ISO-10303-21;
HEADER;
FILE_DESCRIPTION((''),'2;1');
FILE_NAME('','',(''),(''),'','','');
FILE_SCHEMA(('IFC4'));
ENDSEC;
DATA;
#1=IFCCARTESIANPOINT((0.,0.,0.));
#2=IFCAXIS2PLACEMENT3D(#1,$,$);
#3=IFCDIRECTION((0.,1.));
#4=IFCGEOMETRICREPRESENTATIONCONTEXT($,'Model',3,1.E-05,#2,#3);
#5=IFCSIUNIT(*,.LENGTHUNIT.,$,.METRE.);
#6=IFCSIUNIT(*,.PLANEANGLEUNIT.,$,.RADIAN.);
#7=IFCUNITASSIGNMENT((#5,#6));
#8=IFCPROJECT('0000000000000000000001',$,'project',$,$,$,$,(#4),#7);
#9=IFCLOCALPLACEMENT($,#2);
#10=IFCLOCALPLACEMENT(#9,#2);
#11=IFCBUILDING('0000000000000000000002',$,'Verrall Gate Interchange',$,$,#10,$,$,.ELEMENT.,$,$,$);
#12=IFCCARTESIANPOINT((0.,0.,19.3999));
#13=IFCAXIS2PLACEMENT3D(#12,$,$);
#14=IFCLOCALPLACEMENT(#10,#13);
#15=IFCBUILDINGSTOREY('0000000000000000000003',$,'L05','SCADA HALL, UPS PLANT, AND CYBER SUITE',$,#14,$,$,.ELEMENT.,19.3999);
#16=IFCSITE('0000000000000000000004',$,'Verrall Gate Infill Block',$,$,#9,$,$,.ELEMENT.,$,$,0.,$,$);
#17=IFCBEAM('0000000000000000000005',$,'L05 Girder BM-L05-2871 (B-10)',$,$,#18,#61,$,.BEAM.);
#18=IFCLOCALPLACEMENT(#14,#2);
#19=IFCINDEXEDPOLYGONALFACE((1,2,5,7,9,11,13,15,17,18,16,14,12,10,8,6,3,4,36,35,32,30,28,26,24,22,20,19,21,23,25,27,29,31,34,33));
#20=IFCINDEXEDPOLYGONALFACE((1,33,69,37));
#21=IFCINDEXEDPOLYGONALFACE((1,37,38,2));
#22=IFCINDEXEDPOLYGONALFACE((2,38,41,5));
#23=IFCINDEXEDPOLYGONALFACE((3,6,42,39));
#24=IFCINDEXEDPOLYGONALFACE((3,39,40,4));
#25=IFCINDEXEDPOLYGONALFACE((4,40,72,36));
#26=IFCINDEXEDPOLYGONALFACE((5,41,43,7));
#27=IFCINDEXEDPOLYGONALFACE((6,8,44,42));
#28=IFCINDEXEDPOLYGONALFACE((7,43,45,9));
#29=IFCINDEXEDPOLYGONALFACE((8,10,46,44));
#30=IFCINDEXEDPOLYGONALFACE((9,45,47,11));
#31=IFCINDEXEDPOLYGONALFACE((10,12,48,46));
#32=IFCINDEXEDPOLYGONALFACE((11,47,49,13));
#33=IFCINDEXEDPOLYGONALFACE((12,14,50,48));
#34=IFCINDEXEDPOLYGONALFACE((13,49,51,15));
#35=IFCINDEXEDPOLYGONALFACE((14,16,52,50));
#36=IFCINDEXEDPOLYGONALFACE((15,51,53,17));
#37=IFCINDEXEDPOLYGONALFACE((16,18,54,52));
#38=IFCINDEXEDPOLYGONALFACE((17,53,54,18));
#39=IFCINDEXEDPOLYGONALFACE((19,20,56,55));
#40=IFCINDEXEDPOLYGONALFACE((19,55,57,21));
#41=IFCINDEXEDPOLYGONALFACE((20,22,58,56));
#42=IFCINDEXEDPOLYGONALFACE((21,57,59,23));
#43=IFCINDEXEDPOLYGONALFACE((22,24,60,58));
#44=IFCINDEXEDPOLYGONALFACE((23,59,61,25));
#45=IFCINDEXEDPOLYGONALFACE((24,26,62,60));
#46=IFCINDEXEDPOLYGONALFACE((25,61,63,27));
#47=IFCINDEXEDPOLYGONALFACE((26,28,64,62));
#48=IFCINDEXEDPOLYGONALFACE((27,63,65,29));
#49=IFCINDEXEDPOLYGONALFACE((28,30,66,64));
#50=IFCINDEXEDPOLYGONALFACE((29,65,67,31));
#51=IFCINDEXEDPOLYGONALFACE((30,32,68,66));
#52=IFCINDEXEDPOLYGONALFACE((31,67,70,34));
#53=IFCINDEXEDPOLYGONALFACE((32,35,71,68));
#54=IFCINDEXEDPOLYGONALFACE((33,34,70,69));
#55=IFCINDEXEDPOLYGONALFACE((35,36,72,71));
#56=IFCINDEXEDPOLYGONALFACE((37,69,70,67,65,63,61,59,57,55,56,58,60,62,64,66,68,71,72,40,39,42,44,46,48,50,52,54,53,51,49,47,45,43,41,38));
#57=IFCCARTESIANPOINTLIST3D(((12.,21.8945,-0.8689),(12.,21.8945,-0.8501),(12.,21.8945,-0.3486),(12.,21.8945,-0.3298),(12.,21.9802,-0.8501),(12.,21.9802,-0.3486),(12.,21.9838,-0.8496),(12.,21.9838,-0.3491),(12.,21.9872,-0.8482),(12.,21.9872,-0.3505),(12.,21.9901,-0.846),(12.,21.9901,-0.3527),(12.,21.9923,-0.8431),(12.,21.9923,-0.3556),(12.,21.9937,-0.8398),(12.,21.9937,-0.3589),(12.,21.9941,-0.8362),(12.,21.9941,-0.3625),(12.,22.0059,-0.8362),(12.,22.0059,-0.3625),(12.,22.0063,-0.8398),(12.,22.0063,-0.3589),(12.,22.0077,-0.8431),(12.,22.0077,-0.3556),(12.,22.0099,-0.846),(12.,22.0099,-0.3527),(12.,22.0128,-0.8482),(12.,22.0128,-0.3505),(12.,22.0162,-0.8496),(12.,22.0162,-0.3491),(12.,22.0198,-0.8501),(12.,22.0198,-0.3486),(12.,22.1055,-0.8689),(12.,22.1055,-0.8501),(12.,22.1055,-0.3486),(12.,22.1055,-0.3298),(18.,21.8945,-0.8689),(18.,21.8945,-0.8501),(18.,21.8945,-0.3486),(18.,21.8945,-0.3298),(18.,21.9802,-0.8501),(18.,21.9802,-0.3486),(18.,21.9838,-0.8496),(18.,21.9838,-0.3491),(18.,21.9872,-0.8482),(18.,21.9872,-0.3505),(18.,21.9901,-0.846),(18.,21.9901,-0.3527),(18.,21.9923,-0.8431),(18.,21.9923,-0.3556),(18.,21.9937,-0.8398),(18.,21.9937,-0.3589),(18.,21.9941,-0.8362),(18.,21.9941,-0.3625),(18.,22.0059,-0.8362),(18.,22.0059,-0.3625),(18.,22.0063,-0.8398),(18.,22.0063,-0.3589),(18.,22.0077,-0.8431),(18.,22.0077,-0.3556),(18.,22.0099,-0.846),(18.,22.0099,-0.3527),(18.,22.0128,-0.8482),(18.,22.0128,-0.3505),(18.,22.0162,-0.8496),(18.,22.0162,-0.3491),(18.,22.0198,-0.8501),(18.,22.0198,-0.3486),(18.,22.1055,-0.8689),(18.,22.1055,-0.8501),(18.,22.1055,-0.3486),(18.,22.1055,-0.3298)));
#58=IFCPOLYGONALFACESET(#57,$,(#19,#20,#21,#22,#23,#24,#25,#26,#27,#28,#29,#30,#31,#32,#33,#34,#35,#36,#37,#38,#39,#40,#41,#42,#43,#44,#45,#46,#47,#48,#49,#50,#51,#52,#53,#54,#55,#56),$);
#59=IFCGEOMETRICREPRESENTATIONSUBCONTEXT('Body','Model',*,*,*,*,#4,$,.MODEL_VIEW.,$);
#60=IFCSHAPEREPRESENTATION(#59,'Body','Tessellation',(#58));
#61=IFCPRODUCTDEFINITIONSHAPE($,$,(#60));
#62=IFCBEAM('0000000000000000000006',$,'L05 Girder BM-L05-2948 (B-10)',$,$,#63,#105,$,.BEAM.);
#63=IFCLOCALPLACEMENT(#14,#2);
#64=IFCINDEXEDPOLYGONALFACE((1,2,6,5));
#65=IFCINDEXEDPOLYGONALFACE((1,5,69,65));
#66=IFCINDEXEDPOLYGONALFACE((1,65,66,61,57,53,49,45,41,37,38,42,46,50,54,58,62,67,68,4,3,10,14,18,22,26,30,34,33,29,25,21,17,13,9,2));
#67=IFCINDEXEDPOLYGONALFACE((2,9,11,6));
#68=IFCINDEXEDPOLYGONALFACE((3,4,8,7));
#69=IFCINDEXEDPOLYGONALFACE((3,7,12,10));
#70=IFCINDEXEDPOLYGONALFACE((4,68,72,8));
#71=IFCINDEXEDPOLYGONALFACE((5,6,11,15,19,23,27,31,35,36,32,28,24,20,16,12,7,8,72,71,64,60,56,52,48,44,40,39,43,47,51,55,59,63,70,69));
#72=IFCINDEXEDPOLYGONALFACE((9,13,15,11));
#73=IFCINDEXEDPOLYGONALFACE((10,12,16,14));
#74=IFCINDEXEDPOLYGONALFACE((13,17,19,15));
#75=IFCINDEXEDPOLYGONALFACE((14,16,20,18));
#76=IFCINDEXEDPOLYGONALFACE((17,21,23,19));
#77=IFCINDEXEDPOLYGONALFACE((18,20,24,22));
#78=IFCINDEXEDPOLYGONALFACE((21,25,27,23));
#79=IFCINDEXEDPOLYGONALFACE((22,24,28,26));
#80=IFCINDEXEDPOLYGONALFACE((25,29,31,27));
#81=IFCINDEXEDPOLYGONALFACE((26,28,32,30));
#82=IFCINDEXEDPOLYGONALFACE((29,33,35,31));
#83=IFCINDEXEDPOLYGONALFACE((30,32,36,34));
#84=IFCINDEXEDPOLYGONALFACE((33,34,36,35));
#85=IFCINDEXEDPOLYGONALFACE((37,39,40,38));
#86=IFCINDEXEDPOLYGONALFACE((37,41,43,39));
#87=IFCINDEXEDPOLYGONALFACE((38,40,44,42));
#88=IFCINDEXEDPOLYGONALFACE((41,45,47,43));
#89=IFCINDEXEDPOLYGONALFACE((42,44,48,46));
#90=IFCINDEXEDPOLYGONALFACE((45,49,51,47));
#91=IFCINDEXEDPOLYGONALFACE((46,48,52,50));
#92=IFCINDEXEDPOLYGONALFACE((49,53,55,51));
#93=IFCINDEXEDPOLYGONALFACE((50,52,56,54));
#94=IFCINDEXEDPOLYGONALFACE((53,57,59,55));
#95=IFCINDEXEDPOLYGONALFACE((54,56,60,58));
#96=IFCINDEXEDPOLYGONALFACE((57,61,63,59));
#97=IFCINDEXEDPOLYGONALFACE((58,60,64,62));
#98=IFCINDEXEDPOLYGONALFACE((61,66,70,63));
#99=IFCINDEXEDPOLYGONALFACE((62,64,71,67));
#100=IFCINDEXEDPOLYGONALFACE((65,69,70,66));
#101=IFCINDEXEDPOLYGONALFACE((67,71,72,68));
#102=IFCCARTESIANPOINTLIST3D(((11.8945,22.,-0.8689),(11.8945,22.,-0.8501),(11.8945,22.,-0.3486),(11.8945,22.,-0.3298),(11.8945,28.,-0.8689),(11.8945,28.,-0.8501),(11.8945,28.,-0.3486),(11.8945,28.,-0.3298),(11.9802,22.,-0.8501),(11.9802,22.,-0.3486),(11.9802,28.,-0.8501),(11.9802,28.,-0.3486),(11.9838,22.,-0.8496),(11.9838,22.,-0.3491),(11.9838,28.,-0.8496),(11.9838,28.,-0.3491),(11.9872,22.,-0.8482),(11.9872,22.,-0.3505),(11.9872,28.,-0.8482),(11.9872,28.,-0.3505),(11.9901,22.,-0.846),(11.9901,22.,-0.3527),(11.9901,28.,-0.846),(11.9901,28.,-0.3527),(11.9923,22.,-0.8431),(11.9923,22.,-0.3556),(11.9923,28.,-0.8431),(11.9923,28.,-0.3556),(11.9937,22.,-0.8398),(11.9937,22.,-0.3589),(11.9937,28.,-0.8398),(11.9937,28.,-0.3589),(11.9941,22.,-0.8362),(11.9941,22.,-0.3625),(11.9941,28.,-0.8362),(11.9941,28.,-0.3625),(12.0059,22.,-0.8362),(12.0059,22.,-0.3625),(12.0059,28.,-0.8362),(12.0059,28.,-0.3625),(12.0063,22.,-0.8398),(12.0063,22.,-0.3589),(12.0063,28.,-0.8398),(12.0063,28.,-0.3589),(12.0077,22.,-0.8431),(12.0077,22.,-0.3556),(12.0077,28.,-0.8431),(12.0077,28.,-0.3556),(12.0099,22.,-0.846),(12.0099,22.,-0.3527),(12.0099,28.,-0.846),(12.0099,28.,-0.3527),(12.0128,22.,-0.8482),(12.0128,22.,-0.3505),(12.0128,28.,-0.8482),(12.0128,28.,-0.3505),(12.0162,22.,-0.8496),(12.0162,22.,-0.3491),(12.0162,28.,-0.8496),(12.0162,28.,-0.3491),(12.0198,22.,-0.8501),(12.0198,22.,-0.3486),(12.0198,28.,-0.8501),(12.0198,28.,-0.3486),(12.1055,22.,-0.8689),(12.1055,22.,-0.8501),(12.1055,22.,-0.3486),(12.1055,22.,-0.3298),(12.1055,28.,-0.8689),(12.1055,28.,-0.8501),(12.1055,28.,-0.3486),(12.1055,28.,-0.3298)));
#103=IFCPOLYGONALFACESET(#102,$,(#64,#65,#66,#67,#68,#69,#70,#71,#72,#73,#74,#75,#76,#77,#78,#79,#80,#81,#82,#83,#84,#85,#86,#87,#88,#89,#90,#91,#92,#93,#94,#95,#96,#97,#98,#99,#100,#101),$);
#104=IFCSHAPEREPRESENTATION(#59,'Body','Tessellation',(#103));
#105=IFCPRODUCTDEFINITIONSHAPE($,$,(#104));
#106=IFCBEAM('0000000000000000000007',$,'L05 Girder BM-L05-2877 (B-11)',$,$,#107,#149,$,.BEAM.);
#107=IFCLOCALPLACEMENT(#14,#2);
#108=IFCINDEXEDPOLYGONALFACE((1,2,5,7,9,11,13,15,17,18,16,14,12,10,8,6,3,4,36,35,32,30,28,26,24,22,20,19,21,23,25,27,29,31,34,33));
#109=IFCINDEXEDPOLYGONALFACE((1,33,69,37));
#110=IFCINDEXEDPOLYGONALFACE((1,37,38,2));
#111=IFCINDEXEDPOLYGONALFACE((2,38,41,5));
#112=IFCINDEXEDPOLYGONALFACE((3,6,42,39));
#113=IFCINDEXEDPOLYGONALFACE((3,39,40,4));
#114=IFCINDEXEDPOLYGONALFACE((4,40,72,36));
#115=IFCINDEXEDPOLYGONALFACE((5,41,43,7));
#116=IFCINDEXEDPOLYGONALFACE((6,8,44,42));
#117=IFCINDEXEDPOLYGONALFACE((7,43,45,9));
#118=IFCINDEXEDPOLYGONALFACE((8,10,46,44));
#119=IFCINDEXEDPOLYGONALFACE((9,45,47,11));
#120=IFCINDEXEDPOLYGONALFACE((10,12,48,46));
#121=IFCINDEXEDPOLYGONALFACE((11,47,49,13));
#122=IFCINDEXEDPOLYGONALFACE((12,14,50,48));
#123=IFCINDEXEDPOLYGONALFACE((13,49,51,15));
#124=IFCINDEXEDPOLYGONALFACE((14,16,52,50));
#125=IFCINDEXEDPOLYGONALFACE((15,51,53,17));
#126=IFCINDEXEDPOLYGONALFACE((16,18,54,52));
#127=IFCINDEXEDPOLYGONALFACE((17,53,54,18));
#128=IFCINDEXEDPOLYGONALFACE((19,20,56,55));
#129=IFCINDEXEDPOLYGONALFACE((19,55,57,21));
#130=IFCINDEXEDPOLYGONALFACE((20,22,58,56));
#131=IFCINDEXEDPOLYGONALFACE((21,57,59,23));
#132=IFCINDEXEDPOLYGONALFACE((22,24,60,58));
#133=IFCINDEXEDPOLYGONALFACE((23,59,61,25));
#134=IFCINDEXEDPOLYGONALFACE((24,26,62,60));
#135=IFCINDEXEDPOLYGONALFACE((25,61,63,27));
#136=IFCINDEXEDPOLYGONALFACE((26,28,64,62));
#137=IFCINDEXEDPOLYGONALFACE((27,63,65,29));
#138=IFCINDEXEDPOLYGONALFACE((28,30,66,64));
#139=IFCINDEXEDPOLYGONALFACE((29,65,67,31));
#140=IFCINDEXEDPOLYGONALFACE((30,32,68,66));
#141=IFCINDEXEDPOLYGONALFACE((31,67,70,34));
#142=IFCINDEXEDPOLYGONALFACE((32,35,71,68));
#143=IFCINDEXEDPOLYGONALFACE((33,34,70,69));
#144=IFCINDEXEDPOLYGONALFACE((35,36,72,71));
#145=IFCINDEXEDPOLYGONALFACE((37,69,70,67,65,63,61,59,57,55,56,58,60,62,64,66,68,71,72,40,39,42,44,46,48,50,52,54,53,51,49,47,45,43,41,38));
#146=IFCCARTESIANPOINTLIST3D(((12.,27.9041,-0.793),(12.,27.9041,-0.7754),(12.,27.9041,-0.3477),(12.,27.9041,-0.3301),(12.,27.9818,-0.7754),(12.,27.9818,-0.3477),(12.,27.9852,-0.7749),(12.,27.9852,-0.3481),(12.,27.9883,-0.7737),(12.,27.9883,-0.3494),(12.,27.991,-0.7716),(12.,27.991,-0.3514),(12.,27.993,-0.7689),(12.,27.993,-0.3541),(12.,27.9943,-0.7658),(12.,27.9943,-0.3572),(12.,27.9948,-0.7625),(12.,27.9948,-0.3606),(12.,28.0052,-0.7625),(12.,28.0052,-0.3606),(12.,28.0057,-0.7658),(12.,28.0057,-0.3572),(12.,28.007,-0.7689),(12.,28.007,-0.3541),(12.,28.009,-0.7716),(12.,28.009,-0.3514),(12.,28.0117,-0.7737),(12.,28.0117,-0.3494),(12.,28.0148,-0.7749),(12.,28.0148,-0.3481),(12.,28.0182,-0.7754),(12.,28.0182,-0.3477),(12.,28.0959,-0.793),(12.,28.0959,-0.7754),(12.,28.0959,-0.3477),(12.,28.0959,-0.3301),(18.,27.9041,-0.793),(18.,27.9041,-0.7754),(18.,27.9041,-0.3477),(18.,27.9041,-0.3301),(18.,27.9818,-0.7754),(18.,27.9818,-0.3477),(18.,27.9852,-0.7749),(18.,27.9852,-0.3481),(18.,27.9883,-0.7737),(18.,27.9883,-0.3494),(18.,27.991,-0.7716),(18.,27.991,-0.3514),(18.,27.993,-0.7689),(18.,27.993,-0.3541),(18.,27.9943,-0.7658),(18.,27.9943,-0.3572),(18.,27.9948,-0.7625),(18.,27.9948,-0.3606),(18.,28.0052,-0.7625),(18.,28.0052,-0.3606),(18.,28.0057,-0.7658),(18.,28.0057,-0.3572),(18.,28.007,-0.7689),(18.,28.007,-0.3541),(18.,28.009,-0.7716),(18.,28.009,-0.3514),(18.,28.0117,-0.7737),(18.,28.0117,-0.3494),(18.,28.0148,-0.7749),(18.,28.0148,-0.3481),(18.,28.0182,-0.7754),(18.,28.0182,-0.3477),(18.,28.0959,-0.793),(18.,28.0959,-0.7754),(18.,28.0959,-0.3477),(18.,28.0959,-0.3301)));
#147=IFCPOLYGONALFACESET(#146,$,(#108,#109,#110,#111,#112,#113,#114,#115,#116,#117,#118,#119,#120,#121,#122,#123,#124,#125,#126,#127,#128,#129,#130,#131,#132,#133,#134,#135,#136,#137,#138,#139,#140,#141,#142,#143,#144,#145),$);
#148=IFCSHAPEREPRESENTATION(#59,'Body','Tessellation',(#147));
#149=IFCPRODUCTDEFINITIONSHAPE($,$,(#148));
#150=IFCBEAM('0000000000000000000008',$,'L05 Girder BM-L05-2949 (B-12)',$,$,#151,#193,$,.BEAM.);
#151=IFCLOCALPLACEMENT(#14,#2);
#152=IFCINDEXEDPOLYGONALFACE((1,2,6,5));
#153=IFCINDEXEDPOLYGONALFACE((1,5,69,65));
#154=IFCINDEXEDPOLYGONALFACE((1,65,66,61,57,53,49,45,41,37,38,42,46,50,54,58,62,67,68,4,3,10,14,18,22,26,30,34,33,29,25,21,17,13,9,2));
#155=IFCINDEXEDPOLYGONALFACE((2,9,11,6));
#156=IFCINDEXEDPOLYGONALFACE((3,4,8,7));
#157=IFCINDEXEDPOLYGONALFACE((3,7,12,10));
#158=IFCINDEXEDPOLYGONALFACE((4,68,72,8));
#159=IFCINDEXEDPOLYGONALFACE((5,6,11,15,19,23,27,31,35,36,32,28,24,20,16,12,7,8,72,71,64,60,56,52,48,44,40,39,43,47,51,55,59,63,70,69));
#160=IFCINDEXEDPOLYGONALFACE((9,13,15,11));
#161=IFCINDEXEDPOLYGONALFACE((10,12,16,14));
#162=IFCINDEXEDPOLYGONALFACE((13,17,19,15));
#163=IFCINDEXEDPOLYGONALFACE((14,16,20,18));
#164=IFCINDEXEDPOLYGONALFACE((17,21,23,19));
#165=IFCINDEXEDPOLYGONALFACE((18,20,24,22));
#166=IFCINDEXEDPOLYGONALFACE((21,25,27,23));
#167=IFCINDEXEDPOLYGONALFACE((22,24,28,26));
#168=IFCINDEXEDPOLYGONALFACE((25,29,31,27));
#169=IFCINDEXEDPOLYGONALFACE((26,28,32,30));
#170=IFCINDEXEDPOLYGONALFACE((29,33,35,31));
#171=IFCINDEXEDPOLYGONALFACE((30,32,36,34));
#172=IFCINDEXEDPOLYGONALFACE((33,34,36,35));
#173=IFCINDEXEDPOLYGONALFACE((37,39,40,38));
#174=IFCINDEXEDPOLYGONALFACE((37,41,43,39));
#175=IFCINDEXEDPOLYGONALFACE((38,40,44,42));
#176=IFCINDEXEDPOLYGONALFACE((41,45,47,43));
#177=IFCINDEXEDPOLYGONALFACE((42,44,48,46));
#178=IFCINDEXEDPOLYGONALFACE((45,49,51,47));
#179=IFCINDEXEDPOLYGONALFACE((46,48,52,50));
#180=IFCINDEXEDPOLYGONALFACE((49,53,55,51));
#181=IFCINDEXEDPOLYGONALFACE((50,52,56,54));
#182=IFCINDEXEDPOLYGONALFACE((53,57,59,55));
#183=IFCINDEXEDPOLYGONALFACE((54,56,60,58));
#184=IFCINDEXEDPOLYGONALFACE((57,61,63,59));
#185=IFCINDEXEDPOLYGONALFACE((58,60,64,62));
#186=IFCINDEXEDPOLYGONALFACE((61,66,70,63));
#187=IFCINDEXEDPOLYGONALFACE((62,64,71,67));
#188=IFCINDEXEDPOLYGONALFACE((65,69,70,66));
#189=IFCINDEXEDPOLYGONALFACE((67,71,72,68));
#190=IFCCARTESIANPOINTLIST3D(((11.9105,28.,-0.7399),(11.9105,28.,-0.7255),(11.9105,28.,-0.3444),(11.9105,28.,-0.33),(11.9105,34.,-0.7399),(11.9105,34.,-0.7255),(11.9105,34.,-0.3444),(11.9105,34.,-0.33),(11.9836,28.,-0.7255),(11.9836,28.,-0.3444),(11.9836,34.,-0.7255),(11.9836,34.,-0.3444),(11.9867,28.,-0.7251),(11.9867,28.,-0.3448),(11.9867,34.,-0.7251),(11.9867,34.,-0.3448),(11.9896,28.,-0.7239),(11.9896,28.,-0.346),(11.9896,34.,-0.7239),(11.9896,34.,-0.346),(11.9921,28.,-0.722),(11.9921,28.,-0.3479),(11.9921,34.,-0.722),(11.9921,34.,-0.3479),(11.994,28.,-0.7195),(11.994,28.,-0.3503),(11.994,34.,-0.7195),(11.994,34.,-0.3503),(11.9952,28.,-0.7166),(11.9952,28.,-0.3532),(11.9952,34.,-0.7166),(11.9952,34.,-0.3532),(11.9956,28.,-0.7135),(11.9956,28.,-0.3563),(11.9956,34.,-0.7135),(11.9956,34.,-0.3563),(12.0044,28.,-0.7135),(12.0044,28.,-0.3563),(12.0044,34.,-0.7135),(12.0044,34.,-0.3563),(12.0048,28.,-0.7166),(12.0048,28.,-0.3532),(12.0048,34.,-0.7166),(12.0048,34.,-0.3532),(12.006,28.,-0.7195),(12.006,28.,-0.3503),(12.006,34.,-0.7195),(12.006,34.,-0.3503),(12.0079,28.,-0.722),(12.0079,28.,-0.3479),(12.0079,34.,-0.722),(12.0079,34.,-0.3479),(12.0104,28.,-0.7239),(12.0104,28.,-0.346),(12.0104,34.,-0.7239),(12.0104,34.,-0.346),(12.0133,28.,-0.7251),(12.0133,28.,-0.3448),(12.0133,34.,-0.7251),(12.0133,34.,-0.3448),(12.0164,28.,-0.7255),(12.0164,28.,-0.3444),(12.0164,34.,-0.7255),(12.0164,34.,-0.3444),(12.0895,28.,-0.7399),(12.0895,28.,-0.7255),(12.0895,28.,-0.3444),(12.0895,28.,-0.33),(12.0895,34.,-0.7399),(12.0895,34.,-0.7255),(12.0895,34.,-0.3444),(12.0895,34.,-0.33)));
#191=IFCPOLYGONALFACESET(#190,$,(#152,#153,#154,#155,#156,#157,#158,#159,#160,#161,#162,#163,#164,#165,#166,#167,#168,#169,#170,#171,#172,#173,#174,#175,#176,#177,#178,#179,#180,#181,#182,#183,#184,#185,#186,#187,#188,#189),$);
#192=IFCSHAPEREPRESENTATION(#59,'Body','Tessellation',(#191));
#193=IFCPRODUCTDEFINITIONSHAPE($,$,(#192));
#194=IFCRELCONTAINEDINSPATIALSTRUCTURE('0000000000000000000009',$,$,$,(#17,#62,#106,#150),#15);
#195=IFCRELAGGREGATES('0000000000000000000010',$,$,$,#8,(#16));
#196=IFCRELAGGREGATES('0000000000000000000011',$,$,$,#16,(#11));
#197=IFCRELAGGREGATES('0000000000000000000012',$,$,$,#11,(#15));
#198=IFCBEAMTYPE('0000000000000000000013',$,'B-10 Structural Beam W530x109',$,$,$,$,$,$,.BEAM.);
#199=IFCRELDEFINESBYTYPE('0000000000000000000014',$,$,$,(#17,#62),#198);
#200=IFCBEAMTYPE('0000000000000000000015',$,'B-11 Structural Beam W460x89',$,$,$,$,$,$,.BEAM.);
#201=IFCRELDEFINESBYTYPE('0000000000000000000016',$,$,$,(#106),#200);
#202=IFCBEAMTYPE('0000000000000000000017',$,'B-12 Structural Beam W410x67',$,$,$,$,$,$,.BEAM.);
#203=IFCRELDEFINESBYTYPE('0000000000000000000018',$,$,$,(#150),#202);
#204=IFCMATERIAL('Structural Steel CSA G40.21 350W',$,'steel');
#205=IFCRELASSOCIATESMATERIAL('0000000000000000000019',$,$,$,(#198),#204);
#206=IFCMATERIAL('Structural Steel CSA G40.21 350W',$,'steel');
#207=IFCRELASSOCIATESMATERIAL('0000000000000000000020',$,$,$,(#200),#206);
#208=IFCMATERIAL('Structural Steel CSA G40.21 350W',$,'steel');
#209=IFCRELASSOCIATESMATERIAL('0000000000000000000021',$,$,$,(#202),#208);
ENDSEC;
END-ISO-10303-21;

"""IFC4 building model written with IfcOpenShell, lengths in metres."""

from ifc_helpers import new_model, si_unit, direction, frame, origin, origin_2d, place, context, subcontext, project, spatial, i_section, extrude, material, material_profile, profile_set, type_object, element, save


model = new_model("IFC4")

# Units and contexts
model_context = context("Model", 3, precision=1e-05, world=origin(), true_north=direction((0.0, 1.0)))
body_context = subcontext(model_context, "Body", "Model", "MODEL_VIEW")
ifc_project = project(units=[si_unit("LENGTHUNIT", "METRE"), si_unit("PLANEANGLEUNIT", "RADIAN")], contexts=[model_context])

# Site, building, storey
site_placement = place(None, origin())
site = spatial("IfcSite", under=ifc_project, at=site_placement, Name="Verrall Gate Infill Block", CompositionType="ELEMENT", RefElevation=0.0)
building_placement = place(site_placement, origin())
building = spatial("IfcBuilding", under=site, at=building_placement, Name="Verrall Gate Interchange", CompositionType="ELEMENT")
storey_placement = place(building_placement, frame((0.0, 0.0, 19.3999)))
storey = spatial("IfcBuildingStorey", under=building, at=storey_placement, Name="L05", Description="SCADA HALL, UPS PLANT, AND CYBER SUITE", CompositionType="ELEMENT", Elevation=19.3999)

# Beams
ifc_material_1 = material(Name="Structural Steel CSA G40.21 350W", Category="steel")
ifc_material_profile_1 = material_profile(ifc_material_1, i_section(OverallWidth=0.2109, OverallDepth=0.5391, WebThickness=0.0117, FlangeThickness=0.0188, FilletRadius=0.0139, at=origin_2d()), Name="W530x109")
ifc_profile_set_1 = profile_set([ifc_material_profile_1], Name="Structural Steel CSA G40.21 350W")
beam_type_1 = type_object("IfcBeamType", Name="B-10 Structural Beam W530x109", PredefinedType="BEAM", material=ifc_profile_set_1)
for number, where, z_axis, x_axis, name in (
    (1, (12.0, 22.0, -0.5994), (1.0, 0.0, 0.0), (0.0, 1.0, 0.0), "L05 Girder BM-L05-2871 (B-10)"),
    (2, (12.0, 22.0, -0.5994), (0.0, 1.0, 0.0), (-1.0, 0.0, 0.0), "L05 Girder BM-L05-2948 (B-10)"),
):
    element("IfcBeam", number, at=place(storey_placement, frame(where, z_axis=z_axis, x_axis=x_axis)), inside=storey, type_object=beam_type_1, Name=name, PredefinedType="BEAM", context=body_context, shape_type="SweptSolid", body=[
        extrude(i_section(OverallWidth=0.2109, OverallDepth=0.5391, WebThickness=0.0117, FlangeThickness=0.0188, FilletRadius=0.0139, at=origin_2d()), origin(), (0.0, 0.0, 1.0), 6.0),
    ])
ifc_material_2 = material(Name="Structural Steel CSA G40.21 350W", Category="steel")
ifc_material_profile_2 = material_profile(ifc_material_2, i_section(OverallWidth=0.1919, OverallDepth=0.4629, WebThickness=0.0105, FlangeThickness=0.0176, FilletRadius=0.0129, at=origin_2d()), Name="W460x89")
ifc_profile_set_2 = profile_set([ifc_material_profile_2], Name="Structural Steel CSA G40.21 350W")
beam_type_2 = type_object("IfcBeamType", Name="B-11 Structural Beam W460x89", PredefinedType="BEAM", material=ifc_profile_set_2)
beam_1_placement = place(storey_placement, frame((12.0, 28.0, -0.5615), z_axis=(1.0, 0.0, 0.0), x_axis=(0.0, 1.0, 0.0)))
element("IfcBeam", 3, at=beam_1_placement, inside=storey, type_object=beam_type_2, Name="L05 Girder BM-L05-2877 (B-11)", PredefinedType="BEAM", context=body_context, shape_type="SweptSolid", body=[
    extrude(i_section(OverallWidth=0.1919, OverallDepth=0.4629, WebThickness=0.0105, FlangeThickness=0.0176, FilletRadius=0.0129, at=origin_2d()), origin(), (0.0, 0.0, 1.0), 6.0),
])
ifc_material_3 = material(Name="Structural Steel CSA G40.21 350W", Category="steel")
ifc_material_profile_3 = material_profile(ifc_material_3, i_section(OverallWidth=0.179, OverallDepth=0.4099, WebThickness=0.0088, FlangeThickness=0.0144, FilletRadius=0.012, at=origin_2d()), Name="W410x67")
ifc_profile_set_3 = profile_set([ifc_material_profile_3], Name="Structural Steel CSA G40.21 350W")
beam_type_3 = type_object("IfcBeamType", Name="B-12 Structural Beam W410x67", PredefinedType="BEAM", material=ifc_profile_set_3)
beam_2_placement = place(storey_placement, frame((12.0, 28.0, -0.5349), z_axis=(0.0, 1.0, 0.0), x_axis=(-1.0, 0.0, 0.0)))
element("IfcBeam", 4, at=beam_2_placement, inside=storey, type_object=beam_type_3, Name="L05 Girder BM-L05-2949 (B-12)", PredefinedType="BEAM", context=body_context, shape_type="SweptSolid", body=[
    extrude(i_section(OverallWidth=0.179, OverallDepth=0.4099, WebThickness=0.0088, FlangeThickness=0.0144, FilletRadius=0.012, at=origin_2d()), origin(), (0.0, 0.0, 1.0), 6.0),
])

save(model, "model.ifc")
